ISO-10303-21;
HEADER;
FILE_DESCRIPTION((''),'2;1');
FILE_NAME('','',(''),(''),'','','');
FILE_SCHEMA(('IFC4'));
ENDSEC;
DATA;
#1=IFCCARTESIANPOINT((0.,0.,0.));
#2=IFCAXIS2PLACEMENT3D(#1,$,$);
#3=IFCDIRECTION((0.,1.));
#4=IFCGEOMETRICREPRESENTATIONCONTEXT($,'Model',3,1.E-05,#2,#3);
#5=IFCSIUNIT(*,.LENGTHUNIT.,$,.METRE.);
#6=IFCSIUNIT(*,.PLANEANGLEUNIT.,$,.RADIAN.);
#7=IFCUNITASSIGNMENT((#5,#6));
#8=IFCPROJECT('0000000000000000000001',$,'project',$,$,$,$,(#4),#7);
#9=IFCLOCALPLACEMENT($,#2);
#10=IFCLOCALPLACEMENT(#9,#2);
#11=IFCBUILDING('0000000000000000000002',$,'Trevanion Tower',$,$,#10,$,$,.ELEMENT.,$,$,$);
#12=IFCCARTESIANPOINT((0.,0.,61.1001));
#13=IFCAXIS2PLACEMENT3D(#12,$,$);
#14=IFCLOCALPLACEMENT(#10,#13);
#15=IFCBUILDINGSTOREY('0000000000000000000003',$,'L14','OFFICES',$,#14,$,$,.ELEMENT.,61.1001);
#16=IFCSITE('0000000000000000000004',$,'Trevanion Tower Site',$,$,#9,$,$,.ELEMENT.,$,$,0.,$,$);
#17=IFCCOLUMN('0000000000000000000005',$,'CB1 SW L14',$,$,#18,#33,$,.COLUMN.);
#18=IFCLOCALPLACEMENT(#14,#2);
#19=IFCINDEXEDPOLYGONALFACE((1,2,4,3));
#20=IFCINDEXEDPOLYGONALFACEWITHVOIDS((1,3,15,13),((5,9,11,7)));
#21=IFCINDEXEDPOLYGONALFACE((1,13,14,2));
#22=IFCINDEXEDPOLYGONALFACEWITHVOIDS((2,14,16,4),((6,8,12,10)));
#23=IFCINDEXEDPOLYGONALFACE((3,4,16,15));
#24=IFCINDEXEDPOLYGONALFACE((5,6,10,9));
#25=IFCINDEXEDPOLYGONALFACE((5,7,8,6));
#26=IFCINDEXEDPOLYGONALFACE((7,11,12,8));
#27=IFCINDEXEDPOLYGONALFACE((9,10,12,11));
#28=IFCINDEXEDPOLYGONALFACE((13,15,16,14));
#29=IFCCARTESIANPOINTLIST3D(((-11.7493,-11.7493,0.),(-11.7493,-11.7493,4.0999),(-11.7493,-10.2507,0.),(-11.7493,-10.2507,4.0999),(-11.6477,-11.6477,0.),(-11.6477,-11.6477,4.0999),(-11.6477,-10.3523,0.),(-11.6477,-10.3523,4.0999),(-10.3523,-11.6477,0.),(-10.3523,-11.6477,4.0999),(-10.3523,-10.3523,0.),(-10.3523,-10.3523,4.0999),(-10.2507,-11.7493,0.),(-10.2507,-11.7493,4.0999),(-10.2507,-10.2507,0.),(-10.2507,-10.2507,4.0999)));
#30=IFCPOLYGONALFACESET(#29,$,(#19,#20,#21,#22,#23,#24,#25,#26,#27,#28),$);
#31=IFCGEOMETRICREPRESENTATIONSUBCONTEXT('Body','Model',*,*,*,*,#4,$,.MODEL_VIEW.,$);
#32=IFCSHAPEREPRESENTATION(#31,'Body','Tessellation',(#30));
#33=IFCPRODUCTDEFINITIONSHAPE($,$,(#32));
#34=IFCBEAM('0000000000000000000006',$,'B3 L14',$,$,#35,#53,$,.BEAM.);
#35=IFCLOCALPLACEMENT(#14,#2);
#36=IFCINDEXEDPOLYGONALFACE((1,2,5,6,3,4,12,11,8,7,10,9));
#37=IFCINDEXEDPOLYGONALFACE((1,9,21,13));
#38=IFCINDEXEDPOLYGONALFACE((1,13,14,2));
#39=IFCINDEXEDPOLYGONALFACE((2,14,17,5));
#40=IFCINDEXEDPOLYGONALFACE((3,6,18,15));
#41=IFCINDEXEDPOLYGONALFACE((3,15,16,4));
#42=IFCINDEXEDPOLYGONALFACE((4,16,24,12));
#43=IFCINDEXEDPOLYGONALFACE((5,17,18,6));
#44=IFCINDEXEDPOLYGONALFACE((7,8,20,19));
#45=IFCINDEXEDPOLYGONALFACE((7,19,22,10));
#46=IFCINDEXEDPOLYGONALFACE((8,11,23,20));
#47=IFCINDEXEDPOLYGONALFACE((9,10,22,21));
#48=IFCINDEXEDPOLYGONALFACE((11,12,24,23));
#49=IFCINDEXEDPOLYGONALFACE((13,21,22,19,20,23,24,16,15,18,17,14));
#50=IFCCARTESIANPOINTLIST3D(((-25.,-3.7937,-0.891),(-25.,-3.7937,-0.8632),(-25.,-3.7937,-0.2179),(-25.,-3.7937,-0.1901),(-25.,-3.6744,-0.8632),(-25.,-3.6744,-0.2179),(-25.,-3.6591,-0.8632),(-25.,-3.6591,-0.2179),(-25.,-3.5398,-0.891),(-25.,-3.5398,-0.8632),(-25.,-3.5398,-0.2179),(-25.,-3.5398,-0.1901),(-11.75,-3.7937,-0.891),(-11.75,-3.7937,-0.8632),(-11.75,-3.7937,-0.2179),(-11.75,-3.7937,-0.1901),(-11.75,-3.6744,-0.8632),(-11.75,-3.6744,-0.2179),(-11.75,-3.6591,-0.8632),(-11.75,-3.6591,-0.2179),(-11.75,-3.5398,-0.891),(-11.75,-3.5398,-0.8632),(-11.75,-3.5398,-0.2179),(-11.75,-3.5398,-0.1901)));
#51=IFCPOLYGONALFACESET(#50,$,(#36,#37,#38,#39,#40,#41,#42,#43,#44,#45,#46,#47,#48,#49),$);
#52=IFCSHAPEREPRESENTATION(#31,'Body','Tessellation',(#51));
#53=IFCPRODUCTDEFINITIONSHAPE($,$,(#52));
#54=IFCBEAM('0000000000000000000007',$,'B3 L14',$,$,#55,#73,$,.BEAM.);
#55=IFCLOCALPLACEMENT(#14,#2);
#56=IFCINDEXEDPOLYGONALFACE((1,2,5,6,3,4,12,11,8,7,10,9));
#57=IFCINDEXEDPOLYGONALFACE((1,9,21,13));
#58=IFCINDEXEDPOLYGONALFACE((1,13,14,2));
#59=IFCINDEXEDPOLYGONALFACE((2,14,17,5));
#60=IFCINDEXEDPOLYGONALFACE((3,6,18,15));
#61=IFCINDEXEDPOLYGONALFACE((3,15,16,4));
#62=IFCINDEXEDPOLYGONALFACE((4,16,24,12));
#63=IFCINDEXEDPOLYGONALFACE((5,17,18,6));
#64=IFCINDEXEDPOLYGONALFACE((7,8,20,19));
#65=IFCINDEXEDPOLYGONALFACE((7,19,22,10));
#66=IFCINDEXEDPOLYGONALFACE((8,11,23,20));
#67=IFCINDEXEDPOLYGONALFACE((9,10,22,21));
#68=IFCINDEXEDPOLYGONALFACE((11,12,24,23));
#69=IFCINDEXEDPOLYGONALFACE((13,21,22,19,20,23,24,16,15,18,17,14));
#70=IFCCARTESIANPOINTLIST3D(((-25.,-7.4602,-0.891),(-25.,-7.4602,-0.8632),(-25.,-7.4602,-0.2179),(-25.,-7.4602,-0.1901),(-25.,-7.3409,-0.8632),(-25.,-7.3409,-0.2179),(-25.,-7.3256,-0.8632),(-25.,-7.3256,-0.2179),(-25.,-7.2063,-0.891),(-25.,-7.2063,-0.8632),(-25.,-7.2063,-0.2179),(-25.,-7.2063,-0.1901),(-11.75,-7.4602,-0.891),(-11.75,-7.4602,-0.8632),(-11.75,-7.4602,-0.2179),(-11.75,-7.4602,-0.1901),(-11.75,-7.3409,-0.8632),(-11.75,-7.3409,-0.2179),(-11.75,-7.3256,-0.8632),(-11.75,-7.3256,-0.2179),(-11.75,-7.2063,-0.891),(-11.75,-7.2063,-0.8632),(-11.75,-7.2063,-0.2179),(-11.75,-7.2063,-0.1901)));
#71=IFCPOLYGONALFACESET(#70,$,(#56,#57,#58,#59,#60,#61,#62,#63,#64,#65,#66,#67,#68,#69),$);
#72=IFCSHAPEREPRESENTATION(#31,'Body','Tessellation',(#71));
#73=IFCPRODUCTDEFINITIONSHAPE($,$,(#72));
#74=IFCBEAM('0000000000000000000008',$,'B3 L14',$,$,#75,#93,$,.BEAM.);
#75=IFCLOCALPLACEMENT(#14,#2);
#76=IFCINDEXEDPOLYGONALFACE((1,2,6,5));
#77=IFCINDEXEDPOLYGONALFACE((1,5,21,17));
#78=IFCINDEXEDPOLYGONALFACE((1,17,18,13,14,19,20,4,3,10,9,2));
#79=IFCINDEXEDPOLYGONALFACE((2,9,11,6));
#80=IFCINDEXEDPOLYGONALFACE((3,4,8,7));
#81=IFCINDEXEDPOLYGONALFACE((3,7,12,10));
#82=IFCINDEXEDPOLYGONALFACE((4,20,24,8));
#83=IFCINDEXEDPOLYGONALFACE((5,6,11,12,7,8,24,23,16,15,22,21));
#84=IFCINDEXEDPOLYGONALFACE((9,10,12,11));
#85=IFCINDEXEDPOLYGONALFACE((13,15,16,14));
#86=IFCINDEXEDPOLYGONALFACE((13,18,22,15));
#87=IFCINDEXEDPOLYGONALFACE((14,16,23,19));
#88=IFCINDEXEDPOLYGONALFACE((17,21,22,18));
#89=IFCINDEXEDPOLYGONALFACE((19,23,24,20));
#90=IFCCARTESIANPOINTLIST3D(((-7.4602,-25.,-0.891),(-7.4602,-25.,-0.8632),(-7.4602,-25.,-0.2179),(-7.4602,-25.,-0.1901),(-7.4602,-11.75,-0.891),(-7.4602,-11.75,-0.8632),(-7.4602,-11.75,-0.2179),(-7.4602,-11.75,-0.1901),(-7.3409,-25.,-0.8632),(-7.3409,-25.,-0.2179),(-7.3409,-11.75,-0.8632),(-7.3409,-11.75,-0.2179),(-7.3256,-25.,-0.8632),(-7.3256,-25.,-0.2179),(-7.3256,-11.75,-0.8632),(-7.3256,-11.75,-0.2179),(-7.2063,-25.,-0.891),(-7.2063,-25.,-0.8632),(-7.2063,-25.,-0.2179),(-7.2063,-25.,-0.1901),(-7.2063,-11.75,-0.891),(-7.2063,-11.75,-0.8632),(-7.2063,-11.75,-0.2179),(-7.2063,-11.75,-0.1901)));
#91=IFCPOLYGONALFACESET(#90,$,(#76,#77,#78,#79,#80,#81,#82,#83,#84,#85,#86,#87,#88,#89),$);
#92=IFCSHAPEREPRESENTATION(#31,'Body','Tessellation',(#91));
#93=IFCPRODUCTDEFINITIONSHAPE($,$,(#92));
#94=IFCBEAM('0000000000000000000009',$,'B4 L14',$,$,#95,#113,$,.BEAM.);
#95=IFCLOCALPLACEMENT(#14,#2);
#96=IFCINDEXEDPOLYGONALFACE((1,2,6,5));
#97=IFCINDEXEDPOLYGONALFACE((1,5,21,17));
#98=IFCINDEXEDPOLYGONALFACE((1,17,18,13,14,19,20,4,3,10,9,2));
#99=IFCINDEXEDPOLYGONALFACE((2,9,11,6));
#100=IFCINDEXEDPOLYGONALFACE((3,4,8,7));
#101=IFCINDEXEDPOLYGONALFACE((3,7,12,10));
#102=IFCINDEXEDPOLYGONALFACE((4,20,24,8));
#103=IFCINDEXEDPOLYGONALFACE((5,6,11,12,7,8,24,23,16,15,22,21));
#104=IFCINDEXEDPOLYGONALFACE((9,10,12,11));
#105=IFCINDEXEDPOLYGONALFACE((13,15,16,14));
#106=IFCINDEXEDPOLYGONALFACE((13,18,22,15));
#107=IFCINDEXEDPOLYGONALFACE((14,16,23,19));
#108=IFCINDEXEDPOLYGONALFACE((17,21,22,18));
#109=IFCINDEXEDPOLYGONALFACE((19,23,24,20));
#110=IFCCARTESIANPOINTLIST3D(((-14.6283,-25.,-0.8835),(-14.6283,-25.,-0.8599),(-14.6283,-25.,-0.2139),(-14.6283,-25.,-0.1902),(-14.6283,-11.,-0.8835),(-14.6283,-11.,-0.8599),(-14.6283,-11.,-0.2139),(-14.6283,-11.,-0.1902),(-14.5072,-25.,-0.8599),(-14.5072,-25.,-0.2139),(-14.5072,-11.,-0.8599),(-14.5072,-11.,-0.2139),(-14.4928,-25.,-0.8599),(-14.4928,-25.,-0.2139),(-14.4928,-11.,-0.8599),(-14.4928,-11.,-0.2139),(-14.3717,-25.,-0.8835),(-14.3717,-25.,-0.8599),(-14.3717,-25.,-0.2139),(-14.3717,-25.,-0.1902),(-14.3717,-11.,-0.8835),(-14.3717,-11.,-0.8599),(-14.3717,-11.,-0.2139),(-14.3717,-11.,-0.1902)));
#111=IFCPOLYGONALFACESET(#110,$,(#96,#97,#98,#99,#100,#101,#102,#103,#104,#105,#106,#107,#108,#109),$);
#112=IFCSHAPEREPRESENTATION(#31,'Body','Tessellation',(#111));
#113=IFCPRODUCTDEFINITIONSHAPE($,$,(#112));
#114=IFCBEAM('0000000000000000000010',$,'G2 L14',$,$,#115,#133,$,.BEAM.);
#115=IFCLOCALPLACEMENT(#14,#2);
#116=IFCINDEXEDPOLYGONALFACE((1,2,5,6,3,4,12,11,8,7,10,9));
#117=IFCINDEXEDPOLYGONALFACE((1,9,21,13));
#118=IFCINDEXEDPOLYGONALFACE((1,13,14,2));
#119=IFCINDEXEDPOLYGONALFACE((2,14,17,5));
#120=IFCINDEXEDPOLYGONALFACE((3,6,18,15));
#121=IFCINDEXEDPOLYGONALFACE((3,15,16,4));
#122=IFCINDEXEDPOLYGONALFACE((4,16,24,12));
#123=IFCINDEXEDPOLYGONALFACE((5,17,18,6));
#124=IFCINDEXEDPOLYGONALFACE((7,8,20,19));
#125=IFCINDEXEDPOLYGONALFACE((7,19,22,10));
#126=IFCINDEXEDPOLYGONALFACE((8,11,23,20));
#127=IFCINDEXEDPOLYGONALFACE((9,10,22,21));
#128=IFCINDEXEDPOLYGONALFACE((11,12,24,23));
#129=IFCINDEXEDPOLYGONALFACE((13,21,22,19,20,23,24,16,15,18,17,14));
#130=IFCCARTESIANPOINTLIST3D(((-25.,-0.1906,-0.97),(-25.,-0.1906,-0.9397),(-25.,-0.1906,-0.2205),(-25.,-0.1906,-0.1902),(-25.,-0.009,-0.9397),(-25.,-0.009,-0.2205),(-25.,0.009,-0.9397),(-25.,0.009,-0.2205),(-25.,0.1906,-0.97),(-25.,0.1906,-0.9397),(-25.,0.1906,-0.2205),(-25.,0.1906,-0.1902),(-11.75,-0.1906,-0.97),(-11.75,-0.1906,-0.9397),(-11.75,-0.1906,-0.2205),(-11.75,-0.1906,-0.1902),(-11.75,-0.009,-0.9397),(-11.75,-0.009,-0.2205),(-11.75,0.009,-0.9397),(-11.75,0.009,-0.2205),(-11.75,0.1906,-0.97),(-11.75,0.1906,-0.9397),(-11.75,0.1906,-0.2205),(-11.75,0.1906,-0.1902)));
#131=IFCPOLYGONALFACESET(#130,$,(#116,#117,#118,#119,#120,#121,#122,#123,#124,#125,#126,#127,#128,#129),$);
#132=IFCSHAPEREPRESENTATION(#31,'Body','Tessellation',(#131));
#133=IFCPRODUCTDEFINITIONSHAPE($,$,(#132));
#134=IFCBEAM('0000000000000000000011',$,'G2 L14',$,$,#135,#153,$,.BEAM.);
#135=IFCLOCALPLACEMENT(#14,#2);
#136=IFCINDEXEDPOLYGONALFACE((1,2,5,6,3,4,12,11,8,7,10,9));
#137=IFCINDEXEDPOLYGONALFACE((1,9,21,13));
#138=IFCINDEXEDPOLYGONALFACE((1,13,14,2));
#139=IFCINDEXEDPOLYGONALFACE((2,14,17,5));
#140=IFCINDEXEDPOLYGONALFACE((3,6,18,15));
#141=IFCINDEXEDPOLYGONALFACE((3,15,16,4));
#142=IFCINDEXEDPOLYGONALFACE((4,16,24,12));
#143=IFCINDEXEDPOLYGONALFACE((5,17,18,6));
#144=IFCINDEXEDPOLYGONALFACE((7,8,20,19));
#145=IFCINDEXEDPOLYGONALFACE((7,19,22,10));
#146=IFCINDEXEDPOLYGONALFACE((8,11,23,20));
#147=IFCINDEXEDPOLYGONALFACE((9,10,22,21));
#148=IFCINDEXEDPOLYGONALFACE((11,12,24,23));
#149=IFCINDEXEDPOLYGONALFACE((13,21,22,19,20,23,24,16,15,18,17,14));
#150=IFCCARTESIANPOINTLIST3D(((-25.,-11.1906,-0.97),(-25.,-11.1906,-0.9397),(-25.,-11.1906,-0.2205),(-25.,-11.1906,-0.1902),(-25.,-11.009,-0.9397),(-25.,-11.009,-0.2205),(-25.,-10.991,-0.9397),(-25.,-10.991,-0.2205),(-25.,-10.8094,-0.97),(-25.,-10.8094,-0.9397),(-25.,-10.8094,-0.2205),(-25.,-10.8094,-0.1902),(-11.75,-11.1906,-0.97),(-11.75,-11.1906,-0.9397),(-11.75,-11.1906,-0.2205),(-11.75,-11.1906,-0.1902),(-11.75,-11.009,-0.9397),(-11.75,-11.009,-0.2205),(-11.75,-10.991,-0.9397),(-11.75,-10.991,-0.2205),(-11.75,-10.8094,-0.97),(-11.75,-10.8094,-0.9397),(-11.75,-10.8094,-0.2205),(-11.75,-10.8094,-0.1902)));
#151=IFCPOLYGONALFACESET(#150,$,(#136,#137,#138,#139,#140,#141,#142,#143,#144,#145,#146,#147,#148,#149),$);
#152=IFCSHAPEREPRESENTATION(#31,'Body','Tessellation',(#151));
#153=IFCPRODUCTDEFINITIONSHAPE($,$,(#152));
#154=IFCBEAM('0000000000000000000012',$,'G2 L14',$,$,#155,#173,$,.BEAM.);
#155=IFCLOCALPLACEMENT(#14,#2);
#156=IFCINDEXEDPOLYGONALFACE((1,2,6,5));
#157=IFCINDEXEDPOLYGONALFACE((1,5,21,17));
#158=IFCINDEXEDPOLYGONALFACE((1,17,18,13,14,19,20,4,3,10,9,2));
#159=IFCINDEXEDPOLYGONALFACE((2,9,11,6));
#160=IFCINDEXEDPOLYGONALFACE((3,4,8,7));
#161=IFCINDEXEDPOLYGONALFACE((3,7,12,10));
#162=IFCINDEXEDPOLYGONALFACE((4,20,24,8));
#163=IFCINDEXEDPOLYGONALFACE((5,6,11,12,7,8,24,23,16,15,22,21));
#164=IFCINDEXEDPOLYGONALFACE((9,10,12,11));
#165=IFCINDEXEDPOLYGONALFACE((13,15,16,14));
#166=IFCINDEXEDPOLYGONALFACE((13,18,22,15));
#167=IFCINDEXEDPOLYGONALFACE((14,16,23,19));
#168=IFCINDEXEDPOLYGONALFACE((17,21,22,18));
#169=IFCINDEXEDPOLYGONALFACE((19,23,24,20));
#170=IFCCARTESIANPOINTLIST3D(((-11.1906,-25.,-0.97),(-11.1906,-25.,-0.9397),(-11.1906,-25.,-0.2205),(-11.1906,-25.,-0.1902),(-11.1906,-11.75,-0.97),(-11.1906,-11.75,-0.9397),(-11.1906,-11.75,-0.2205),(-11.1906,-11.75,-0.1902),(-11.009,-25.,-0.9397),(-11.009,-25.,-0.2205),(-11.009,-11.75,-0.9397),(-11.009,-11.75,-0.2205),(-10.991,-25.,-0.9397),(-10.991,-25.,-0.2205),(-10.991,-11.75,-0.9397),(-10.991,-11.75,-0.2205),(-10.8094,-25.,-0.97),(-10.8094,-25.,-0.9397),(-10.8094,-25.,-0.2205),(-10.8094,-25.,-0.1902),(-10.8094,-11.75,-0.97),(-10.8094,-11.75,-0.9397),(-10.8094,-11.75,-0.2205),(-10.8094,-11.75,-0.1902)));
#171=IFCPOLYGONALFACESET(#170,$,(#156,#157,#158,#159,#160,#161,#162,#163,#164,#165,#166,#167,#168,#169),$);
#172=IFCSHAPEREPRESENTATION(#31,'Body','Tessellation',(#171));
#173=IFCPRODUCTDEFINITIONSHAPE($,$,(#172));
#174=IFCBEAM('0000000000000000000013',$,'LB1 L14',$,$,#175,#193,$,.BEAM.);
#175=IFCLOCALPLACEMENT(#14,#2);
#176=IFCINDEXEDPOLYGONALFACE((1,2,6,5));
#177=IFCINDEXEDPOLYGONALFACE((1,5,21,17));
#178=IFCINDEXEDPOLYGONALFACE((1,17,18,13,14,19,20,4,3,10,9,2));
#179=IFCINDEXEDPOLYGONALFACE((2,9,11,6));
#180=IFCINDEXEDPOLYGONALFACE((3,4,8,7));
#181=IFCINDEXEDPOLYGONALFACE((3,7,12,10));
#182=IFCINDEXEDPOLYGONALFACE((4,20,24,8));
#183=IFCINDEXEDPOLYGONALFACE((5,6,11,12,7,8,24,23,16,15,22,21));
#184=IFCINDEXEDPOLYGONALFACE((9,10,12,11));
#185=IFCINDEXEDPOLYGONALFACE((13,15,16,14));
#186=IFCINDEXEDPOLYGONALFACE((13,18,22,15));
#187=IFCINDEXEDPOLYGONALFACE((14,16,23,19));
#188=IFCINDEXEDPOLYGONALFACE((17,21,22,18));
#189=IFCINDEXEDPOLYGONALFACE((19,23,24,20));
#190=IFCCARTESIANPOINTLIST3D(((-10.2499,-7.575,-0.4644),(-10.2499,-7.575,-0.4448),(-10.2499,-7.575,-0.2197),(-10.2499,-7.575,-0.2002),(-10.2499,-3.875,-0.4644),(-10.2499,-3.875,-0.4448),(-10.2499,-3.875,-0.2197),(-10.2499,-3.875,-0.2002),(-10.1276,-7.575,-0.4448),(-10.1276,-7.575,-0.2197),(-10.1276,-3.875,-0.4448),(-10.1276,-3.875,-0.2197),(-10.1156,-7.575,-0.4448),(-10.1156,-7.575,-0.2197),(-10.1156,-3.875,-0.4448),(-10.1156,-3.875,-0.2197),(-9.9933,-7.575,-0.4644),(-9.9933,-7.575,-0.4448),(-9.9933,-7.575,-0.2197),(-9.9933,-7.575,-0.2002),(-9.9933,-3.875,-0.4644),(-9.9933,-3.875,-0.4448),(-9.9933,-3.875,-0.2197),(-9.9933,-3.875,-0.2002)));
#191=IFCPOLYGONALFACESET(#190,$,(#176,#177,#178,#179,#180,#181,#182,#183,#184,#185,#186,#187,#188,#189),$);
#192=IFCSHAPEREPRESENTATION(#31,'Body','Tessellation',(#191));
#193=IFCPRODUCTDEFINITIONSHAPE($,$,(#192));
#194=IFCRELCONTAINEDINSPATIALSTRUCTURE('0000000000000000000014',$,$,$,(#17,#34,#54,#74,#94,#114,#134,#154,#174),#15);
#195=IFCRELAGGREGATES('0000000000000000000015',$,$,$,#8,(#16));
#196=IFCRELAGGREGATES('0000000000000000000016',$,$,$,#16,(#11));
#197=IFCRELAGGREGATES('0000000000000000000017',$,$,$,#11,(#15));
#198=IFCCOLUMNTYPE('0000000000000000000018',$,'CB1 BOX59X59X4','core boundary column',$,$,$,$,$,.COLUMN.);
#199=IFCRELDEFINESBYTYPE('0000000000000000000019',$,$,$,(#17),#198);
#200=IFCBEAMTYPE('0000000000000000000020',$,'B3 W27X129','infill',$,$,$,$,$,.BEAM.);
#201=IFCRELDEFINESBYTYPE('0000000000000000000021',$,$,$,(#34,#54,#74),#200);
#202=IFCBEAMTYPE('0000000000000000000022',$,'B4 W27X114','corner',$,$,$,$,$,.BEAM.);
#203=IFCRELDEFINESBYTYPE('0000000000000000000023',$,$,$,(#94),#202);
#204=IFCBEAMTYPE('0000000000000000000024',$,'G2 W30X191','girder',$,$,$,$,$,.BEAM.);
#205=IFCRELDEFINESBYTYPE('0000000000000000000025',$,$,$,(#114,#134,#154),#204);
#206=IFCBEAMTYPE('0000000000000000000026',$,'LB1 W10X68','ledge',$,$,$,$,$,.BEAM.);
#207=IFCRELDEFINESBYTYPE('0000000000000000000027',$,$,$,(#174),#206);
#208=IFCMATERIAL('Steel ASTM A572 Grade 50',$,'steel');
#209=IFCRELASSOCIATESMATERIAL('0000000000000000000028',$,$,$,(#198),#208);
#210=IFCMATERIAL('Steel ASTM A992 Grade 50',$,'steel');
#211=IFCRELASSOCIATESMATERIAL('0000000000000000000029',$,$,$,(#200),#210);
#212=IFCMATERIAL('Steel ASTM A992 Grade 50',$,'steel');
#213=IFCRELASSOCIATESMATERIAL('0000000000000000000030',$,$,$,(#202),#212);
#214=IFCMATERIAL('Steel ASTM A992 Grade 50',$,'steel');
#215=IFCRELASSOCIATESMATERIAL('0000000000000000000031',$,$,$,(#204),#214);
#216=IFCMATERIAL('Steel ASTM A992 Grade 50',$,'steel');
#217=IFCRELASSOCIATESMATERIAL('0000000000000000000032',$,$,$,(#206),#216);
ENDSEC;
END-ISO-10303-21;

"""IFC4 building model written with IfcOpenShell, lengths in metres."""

from ifc_helpers import new_model, si_unit, direction, frame, origin, origin_2d, place, context, subcontext, project, spatial, hollow_rectangle, i_section, extrude, material, material_profile, profile_set, type_object, element, save


model = new_model("IFC4")

# Units and contexts
model_context = context("Model", 3, precision=1e-05, world=origin(), true_north=direction((0.0, 1.0)))
body_context = subcontext(model_context, "Body", "Model", "MODEL_VIEW")
ifc_project = project(units=[si_unit("LENGTHUNIT", "METRE"), si_unit("PLANEANGLEUNIT", "RADIAN")], contexts=[model_context])

# Site, building, storey
site_placement = place(None, origin())
site = spatial("IfcSite", under=ifc_project, at=site_placement, Name="Trevanion Tower Site", CompositionType="ELEMENT", RefElevation=0.0)
building_placement = place(site_placement, origin())
building = spatial("IfcBuilding", under=site, at=building_placement, Name="Trevanion Tower", CompositionType="ELEMENT")
storey_placement = place(building_placement, frame((0.0, 0.0, 61.1001)))
storey = spatial("IfcBuildingStorey", under=building, at=storey_placement, Name="L14", Description="OFFICES", CompositionType="ELEMENT", Elevation=61.1001)

# Column
ifc_material_1 = material(Name="Steel ASTM A572 Grade 50", Category="steel")
ifc_material_profile_1 = material_profile(ifc_material_1, hollow_rectangle(XDim=1.4985, YDim=1.4985, WallThickness=0.1016, at=origin_2d()), Name="BOX59X59X4")
ifc_profile_set_1 = profile_set([ifc_material_profile_1], Name="Steel ASTM A572 Grade 50")
column_type = type_object("IfcColumnType", Name="CB1 BOX59X59X4", Description="core boundary column", PredefinedType="COLUMN", material=ifc_profile_set_1)
column_placement = place(storey_placement, frame((-11.0, -11.0, 0.0), z_axis=(0.0, 0.0, 1.0), x_axis=(1.0, 0.0, 0.0)))
element("IfcColumn", 1, at=column_placement, inside=storey, type_object=column_type, Name="CB1 SW L14", PredefinedType="COLUMN", context=body_context, shape_type="SweptSolid", body=[
    extrude(hollow_rectangle(XDim=1.4985, YDim=1.4985, WallThickness=0.1016, at=origin_2d()), origin(), (0.0, 0.0, 1.0), 4.0999),
])

# Beams
ifc_material_2 = material(Name="Steel ASTM A992 Grade 50", Category="steel")
ifc_material_profile_2 = material_profile(ifc_material_2, i_section(OverallWidth=0.2539, OverallDepth=0.7009, WebThickness=0.0154, FlangeThickness=0.0278, at=origin_2d()), Name="W27X129")
ifc_profile_set_2 = profile_set([ifc_material_profile_2], Name="Steel ASTM A992 Grade 50")
beam_type_1 = type_object("IfcBeamType", Name="B3 W27X129", Description="infill", PredefinedType="BEAM", material=ifc_profile_set_2)
for number, where, z_axis, x_axis, name in (
    (2, (-11.75, -3.6667, -0.5405), (-1.0, 0.0, 0.0), (0.0, -1.0, 0.0), "B3 L14"),
    (3, (-11.75, -7.3333, -0.5405), (-1.0, 0.0, 0.0), (0.0, -1.0, 0.0), "B3 L14"),
    (4, (-7.3333, -11.75, -0.5405), (0.0, -1.0, 0.0), (1.0, 0.0, 0.0), "B3 L14"),
):
    element("IfcBeam", number, at=place(storey_placement, frame(where, z_axis=z_axis, x_axis=x_axis)), inside=storey, type_object=beam_type_1, Name=name, PredefinedType="BEAM", context=body_context, shape_type="SweptSolid", body=[
        extrude(i_section(OverallWidth=0.2539, OverallDepth=0.7009, WebThickness=0.0154, FlangeThickness=0.0278, at=origin_2d()), origin(), (0.0, 0.0, 1.0), 13.25),
    ])
ifc_material_3 = material(Name="Steel ASTM A992 Grade 50", Category="steel")
ifc_material_profile_3 = material_profile(ifc_material_3, i_section(OverallWidth=0.2566, OverallDepth=0.6934, WebThickness=0.0144, FlangeThickness=0.0237, at=origin_2d()), Name="W27X114")
ifc_profile_set_3 = profile_set([ifc_material_profile_3], Name="Steel ASTM A992 Grade 50")
beam_type_2 = type_object("IfcBeamType", Name="B4 W27X114", Description="corner", PredefinedType="BEAM", material=ifc_profile_set_3)
beam_placement = place(storey_placement, frame((-14.5, -11.0, -0.5369), z_axis=(0.0, -1.0, 0.0), x_axis=(1.0, 0.0, 0.0)))
element("IfcBeam", 5, at=beam_placement, inside=storey, type_object=beam_type_2, Name="B4 L14", PredefinedType="BEAM", context=body_context, shape_type="SweptSolid", body=[
    extrude(i_section(OverallWidth=0.2566, OverallDepth=0.6934, WebThickness=0.0144, FlangeThickness=0.0237, at=origin_2d()), origin(), (0.0, 0.0, 1.0), 14.0),
])
ifc_material_4 = material(Name="Steel ASTM A992 Grade 50", Category="steel")
ifc_material_profile_4 = material_profile(ifc_material_4, i_section(OverallWidth=0.3811, OverallDepth=0.7798, WebThickness=0.0181, FlangeThickness=0.0303, at=origin_2d()), Name="W30X191")
ifc_profile_set_4 = profile_set([ifc_material_profile_4], Name="Steel ASTM A992 Grade 50")
beam_type_3 = type_object("IfcBeamType", Name="G2 W30X191", Description="girder", PredefinedType="BEAM", material=ifc_profile_set_4)
for number, where, z_axis, x_axis, name in (
    (6, (-11.75, 0.0, -0.5801), (-1.0, 0.0, 0.0), (0.0, -1.0, 0.0), "G2 L14"),
    (7, (-11.75, -11.0, -0.5801), (-1.0, 0.0, 0.0), (0.0, -1.0, 0.0), "G2 L14"),
    (8, (-11.0, -11.75, -0.5801), (0.0, -1.0, 0.0), (1.0, 0.0, 0.0), "G2 L14"),
):
    element("IfcBeam", number, at=place(storey_placement, frame(where, z_axis=z_axis, x_axis=x_axis)), inside=storey, type_object=beam_type_3, Name=name, PredefinedType="BEAM", context=body_context, shape_type="SweptSolid", body=[
        extrude(i_section(OverallWidth=0.3811, OverallDepth=0.7798, WebThickness=0.0181, FlangeThickness=0.0303, at=origin_2d()), origin(), (0.0, 0.0, 1.0), 13.25),
    ])
ifc_material_5 = material(Name="Steel ASTM A992 Grade 50", Category="steel")
ifc_material_profile_5 = material_profile(ifc_material_5, i_section(OverallWidth=0.2566, OverallDepth=0.2642, WebThickness=0.012, FlangeThickness=0.0195, at=origin_2d()), Name="W10X68")
ifc_profile_set_5 = profile_set([ifc_material_profile_5], Name="Steel ASTM A992 Grade 50")
beam_type_4 = type_object("IfcBeamType", Name="LB1 W10X68", Description="ledge", PredefinedType="BEAM", material=ifc_profile_set_5)
for number, where, z_axis, x_axis, name in (
    (9, (-10.1216, -7.575, -0.3323), (0.0, 1.0, 0.0), (-1.0, 0.0, 0.0), "LB1 L14"),
):
    element("IfcBeam", number, at=place(storey_placement, frame(where, z_axis=z_axis, x_axis=x_axis)), inside=storey, type_object=beam_type_4, Name=name, PredefinedType="BEAM", context=body_context, shape_type="SweptSolid", body=[
        extrude(i_section(OverallWidth=0.2566, OverallDepth=0.2642, WebThickness=0.012, FlangeThickness=0.0195, at=origin_2d()), origin(), (0.0, 0.0, 1.0), 3.7),
    ])

save(model, "model.ifc")
